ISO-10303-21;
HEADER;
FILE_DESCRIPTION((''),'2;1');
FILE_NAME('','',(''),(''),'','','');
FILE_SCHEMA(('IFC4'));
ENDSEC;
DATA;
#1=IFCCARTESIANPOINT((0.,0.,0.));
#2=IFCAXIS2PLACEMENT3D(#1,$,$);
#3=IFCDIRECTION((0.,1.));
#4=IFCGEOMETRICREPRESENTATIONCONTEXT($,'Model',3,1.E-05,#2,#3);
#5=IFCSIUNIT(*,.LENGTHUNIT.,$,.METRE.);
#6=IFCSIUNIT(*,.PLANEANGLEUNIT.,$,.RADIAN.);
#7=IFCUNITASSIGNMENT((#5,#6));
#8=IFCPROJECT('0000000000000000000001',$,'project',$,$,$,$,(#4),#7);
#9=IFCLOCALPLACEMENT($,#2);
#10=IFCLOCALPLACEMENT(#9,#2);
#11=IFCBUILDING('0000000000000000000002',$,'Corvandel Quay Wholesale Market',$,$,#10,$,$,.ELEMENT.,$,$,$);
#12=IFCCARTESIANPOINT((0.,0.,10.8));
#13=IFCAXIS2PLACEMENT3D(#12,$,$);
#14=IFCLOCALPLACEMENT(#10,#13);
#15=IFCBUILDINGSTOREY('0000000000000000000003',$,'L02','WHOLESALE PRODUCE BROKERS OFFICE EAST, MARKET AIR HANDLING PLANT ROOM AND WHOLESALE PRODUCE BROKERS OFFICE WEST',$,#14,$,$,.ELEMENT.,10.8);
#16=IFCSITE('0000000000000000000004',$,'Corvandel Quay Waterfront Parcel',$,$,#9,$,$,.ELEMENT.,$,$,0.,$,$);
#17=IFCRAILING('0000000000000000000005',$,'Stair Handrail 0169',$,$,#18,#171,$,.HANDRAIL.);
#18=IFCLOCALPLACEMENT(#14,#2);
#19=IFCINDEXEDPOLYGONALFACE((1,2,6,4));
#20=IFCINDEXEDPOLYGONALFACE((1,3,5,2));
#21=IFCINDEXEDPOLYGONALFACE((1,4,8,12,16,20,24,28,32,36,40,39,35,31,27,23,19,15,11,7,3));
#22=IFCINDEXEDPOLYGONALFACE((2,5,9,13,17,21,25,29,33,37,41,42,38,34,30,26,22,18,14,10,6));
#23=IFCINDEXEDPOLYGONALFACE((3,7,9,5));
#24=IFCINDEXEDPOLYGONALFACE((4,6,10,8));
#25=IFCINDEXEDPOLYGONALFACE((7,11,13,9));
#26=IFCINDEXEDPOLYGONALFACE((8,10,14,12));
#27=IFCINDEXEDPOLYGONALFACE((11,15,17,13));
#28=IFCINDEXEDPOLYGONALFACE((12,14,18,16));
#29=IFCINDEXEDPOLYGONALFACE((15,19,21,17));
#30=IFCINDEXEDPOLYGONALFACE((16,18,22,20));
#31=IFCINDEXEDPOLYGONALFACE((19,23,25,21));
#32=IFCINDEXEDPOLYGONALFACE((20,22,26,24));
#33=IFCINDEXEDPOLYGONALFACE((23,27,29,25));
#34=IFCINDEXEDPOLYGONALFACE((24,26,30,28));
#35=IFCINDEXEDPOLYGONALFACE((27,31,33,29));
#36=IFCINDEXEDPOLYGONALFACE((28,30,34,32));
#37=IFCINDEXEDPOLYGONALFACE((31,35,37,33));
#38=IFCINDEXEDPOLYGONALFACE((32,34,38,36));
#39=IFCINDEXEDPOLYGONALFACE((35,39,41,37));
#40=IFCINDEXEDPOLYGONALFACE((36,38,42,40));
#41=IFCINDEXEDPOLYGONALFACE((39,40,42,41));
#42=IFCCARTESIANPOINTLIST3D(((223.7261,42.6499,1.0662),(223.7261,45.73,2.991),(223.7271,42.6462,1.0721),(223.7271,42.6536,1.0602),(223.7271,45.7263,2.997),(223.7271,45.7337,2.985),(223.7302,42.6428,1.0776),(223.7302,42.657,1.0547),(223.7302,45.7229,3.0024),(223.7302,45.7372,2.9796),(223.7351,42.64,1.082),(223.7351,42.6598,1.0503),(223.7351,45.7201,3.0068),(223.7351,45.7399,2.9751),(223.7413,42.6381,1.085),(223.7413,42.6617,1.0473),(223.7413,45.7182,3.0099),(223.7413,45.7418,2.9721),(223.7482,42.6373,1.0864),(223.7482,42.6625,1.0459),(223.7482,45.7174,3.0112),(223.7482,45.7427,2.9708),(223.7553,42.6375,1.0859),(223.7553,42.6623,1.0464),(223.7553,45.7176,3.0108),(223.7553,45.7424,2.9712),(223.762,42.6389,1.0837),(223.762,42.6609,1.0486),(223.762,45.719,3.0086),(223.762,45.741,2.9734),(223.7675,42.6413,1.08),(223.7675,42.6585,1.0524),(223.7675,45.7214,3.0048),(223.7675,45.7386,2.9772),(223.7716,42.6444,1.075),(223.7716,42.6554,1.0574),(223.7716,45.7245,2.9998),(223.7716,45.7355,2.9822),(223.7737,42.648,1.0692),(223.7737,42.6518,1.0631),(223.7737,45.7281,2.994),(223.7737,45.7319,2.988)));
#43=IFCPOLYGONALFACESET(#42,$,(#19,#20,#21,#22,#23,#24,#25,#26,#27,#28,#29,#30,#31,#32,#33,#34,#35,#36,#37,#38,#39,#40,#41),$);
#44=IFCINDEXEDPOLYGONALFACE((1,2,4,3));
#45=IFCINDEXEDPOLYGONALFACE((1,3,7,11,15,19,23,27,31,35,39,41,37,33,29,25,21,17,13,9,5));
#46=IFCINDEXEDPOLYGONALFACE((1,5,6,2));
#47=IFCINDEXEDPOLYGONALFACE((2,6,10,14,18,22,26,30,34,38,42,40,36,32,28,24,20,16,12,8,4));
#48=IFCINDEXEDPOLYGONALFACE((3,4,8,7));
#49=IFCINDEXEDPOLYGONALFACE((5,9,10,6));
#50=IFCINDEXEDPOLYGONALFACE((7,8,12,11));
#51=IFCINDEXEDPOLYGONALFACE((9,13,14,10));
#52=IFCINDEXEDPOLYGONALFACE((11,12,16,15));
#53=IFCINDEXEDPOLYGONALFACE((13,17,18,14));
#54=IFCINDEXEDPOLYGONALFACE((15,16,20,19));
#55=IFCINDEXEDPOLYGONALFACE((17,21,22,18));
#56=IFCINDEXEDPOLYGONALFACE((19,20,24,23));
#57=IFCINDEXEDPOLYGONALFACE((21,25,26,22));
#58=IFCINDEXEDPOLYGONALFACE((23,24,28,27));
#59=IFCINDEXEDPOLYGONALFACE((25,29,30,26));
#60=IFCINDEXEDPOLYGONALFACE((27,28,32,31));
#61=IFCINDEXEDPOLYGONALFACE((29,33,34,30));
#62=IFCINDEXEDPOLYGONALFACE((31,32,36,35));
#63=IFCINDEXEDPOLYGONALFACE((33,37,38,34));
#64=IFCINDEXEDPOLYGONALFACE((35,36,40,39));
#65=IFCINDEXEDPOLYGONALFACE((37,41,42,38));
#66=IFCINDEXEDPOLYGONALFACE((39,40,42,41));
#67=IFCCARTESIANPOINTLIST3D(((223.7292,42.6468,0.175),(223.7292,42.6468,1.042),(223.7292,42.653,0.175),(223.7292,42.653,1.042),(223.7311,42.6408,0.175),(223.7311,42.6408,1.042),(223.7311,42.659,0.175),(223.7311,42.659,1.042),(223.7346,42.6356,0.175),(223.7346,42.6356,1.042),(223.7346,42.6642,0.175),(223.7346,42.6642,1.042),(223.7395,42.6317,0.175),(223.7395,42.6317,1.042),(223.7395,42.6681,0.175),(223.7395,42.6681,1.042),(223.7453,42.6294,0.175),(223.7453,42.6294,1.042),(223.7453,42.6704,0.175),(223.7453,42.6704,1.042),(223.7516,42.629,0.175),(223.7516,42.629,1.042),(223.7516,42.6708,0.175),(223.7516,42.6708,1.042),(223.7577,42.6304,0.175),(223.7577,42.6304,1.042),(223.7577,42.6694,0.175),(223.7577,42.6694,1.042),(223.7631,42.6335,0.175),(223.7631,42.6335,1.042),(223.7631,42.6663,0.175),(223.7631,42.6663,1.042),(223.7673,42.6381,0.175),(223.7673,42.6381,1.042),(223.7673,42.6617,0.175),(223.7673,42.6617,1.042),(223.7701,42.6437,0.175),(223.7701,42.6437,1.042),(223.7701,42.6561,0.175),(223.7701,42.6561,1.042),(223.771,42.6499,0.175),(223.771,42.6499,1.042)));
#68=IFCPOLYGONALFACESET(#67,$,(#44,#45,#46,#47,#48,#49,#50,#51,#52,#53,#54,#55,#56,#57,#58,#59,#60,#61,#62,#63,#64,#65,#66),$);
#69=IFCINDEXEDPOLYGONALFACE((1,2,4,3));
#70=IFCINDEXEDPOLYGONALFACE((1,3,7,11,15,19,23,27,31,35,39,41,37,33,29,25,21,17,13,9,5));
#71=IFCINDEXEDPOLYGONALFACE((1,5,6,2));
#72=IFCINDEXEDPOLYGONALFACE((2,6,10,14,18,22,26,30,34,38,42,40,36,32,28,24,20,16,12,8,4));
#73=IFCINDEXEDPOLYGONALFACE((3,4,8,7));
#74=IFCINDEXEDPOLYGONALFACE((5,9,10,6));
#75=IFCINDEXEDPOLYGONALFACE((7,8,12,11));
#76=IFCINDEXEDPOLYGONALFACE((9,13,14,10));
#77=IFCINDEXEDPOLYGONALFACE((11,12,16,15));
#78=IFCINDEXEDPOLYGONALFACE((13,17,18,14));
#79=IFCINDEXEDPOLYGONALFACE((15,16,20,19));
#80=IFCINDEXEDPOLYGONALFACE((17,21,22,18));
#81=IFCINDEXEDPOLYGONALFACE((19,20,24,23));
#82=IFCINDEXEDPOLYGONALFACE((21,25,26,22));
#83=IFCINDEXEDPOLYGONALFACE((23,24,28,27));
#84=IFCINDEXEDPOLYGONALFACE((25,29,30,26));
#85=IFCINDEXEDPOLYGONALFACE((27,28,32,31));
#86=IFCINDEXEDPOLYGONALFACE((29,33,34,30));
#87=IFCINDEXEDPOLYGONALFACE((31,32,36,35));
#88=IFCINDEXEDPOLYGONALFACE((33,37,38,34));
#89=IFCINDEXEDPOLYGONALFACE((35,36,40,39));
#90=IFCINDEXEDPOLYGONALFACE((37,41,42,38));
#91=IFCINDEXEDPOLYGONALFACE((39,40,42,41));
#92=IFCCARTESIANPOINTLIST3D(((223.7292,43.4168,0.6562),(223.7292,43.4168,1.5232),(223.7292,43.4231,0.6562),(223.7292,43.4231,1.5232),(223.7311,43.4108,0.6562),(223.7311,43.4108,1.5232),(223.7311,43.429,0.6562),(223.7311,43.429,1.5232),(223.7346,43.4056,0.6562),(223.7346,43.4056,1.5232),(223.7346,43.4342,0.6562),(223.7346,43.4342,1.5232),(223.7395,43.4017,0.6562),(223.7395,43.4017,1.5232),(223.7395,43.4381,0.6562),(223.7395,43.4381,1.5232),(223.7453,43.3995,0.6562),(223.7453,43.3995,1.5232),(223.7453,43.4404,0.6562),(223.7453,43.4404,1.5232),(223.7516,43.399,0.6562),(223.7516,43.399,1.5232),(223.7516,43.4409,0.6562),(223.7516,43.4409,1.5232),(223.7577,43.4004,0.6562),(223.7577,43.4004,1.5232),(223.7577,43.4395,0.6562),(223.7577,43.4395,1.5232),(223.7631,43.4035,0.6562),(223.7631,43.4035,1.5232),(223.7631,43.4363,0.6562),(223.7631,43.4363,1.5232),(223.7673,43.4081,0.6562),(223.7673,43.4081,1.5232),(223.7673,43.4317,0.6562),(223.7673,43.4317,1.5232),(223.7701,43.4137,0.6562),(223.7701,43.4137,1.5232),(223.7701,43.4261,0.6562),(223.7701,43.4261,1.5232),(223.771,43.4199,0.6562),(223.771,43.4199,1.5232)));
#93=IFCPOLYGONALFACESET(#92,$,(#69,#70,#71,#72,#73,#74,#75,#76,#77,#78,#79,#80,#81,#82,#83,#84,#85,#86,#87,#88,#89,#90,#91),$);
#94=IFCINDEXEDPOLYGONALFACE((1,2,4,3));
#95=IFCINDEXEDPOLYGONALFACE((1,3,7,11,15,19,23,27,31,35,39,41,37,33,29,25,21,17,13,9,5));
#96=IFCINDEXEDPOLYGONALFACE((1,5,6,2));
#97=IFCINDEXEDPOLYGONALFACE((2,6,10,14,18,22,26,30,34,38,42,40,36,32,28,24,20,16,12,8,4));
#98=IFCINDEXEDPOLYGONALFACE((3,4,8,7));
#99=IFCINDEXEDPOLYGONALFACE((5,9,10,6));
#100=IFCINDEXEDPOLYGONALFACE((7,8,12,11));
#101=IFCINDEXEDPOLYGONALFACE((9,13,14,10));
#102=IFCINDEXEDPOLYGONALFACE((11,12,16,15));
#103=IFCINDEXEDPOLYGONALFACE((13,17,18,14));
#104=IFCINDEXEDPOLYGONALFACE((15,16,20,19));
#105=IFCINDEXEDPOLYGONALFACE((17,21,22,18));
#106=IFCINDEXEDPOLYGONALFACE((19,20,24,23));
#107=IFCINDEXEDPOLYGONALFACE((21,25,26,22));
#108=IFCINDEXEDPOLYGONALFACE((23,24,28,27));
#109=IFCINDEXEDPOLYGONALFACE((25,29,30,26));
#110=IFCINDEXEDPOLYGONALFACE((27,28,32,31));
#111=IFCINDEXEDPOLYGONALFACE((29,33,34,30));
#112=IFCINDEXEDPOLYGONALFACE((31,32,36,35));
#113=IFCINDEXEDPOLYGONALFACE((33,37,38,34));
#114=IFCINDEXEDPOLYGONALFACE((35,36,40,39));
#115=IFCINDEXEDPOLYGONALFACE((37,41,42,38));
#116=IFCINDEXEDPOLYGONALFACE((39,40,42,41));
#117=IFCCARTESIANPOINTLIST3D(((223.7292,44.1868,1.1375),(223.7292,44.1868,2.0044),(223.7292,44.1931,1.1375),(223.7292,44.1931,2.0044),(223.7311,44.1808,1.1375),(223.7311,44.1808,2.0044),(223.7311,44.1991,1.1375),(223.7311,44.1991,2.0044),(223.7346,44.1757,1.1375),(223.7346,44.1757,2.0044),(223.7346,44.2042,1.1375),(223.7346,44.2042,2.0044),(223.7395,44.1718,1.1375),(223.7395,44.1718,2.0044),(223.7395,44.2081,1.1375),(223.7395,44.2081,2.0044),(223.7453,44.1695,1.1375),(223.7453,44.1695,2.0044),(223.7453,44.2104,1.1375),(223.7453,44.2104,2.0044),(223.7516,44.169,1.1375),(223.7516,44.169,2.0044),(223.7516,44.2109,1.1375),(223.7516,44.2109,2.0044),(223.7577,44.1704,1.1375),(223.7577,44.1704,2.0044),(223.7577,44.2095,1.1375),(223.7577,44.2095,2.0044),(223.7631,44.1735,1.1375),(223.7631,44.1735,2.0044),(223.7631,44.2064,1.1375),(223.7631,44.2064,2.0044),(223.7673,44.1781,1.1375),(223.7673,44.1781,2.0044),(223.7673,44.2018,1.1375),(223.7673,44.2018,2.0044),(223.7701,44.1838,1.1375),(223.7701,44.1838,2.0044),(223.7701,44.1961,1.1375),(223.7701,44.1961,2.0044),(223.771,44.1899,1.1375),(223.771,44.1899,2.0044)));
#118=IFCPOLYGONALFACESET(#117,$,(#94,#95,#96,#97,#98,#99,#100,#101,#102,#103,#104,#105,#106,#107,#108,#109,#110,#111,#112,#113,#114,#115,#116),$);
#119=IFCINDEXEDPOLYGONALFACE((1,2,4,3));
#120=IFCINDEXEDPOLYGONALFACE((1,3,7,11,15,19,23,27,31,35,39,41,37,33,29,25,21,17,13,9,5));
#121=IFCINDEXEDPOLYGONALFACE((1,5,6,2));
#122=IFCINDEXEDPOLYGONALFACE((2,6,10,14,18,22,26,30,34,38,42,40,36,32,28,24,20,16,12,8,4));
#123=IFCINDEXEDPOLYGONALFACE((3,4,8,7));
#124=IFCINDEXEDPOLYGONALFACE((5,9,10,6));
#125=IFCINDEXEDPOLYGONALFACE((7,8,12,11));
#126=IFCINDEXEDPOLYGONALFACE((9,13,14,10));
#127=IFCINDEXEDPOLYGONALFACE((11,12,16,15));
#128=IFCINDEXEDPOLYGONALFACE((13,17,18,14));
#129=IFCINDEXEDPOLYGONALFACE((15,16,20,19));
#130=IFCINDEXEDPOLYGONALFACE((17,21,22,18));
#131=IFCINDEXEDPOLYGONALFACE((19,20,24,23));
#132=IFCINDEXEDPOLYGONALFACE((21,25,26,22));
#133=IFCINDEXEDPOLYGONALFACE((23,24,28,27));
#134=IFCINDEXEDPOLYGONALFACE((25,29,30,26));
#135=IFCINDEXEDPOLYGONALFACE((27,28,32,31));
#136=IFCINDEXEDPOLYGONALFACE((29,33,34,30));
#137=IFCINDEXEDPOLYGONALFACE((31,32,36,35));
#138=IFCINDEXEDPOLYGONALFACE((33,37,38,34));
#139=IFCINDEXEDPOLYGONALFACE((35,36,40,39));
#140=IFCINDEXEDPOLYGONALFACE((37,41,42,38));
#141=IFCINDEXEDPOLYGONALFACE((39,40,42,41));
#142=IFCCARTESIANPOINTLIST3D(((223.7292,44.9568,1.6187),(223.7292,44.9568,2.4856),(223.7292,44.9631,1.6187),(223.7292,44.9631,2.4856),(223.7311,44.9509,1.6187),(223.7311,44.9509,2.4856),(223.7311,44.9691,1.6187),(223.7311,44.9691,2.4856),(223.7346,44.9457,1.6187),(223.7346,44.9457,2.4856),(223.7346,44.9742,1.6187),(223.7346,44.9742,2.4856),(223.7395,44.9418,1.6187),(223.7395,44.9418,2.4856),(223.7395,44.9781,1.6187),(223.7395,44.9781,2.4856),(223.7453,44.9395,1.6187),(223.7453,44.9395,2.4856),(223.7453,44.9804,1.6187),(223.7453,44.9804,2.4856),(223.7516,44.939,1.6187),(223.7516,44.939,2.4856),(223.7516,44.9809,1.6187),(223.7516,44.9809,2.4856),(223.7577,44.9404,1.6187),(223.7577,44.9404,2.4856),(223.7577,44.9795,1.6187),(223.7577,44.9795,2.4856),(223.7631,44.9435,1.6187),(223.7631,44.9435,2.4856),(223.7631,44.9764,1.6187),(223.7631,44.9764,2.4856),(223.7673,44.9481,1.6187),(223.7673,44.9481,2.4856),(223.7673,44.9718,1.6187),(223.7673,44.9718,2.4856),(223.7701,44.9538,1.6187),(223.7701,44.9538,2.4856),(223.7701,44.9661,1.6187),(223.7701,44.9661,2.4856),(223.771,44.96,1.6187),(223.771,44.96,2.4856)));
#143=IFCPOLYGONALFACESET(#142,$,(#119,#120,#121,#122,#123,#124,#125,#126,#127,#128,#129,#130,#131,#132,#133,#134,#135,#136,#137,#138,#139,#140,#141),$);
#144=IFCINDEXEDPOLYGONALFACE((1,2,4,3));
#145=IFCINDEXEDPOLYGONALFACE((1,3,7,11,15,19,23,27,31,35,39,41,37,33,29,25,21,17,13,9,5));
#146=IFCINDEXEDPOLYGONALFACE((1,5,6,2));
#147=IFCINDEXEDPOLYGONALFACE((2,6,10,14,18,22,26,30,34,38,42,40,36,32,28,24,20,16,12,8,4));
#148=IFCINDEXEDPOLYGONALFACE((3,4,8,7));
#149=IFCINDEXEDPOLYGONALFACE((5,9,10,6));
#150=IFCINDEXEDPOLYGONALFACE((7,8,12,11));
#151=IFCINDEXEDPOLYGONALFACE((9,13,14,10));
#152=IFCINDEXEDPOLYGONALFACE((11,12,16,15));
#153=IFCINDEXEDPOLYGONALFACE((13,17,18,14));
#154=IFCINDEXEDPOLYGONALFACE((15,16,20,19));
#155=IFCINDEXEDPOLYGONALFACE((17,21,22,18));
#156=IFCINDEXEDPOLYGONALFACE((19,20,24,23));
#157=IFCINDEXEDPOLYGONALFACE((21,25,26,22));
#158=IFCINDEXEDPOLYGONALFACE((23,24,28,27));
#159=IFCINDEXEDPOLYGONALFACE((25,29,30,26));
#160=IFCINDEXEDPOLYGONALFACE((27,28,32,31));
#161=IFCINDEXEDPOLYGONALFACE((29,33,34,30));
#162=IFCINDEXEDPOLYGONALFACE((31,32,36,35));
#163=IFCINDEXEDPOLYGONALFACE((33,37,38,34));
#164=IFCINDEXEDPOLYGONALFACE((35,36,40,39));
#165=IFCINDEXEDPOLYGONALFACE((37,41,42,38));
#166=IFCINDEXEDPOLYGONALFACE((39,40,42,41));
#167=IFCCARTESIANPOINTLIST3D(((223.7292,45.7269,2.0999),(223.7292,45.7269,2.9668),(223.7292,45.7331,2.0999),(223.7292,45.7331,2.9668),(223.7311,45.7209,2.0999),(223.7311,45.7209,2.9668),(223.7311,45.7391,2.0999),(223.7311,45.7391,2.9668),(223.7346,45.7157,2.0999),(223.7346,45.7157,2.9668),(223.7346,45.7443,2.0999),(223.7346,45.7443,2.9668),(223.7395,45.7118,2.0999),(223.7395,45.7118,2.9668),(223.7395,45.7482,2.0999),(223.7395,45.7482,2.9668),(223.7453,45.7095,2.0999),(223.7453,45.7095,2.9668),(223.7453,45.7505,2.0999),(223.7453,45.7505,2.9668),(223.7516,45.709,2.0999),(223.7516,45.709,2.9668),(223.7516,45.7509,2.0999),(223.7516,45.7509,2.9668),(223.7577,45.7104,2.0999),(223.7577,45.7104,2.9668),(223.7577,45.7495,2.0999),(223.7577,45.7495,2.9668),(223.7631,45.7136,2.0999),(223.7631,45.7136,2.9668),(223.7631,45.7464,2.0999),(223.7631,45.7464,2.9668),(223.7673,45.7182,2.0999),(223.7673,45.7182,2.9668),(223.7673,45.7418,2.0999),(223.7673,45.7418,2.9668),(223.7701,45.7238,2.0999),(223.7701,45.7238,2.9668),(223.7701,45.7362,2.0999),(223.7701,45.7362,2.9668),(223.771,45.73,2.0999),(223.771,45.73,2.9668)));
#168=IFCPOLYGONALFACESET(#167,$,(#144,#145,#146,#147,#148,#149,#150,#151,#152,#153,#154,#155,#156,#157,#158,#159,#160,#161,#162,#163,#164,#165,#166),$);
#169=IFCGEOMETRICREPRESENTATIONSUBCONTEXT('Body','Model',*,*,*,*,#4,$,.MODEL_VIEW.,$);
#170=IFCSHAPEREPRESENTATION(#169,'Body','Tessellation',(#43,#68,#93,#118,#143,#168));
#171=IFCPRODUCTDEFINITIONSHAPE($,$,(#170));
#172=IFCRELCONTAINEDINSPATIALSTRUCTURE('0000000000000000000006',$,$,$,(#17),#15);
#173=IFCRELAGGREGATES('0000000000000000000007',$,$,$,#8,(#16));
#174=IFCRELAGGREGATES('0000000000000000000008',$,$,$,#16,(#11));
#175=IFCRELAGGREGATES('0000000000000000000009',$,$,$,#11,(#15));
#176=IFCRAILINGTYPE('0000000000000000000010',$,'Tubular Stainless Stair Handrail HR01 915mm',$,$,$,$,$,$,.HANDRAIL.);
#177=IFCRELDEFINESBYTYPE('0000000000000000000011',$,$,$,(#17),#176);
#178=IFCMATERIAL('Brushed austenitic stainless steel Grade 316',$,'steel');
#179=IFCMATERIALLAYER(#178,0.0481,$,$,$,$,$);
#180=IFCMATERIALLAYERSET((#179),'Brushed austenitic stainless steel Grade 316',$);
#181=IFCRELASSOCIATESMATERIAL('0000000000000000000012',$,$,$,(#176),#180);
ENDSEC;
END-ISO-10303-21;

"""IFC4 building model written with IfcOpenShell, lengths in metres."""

from ifc_helpers import new_model, si_unit, direction, frame, origin, origin_2d, place, context, subcontext, project, spatial, circle, extrude, material, layer, layer_set, type_object, element, save


model = new_model("IFC4")

# Units and contexts
model_context = context("Model", 3, precision=1e-05, world=origin(), true_north=direction((0.0, 1.0)))
body_context = subcontext(model_context, "Body", "Model", "MODEL_VIEW")
ifc_project = project(units=[si_unit("LENGTHUNIT", "METRE"), si_unit("PLANEANGLEUNIT", "RADIAN")], contexts=[model_context])

# Site, building, storey
site_placement = place(None, origin())
site = spatial("IfcSite", under=ifc_project, at=site_placement, Name="Corvandel Quay Waterfront Parcel", CompositionType="ELEMENT", RefElevation=0.0)
building_placement = place(site_placement, origin())
building = spatial("IfcBuilding", under=site, at=building_placement, Name="Corvandel Quay Wholesale Market", CompositionType="ELEMENT")
storey_placement = place(building_placement, frame((0.0, 0.0, 10.8)))
storey = spatial("IfcBuildingStorey", under=building, at=storey_placement, Name="L02", Description="WHOLESALE PRODUCE BROKERS OFFICE EAST, MARKET AIR HANDLING PLANT ROOM AND WHOLESALE PRODUCE BROKERS OFFICE WEST", CompositionType="ELEMENT", Elevation=10.8)

# Railing
ifc_material_1 = material(Name="Brushed austenitic stainless steel Grade 316", Category="steel")
ifc_layer_1 = layer(ifc_material_1, 0.0481)
ifc_layer_set_1 = layer_set([ifc_layer_1], Name="Brushed austenitic stainless steel Grade 316")
railing_type = type_object("IfcRailingType", Name="Tubular Stainless Stair Handrail HR01 915mm", PredefinedType="HANDRAIL", material=ifc_layer_set_1)
for number, where, name in (
    (1, (223.75, 42.6499, 0.175), "Stair Handrail 0169"),
):
    element("IfcRailing", number, at=place(storey_placement, frame(where)), inside=storey, type_object=railing_type, Name=name, PredefinedType="HANDRAIL", context=body_context, shape_type="SweptSolid", body=[
        extrude(circle(Radius=0.0239, at=origin_2d()), frame((0.0, 0.0, 0.8911), z_axis=(0.0, 0.848029, 0.529951), x_axis=(-1.0, 0.0, 0.0)), (0.0, 0.0, 1.0), 3.6321),
        extrude(circle(Radius=0.021, at=origin_2d()), origin(), (0.0, 0.0, 1.0), 0.8669),
        extrude(circle(Radius=0.021, at=origin_2d()), frame((0.0, 0.77, 0.4812)), (0.0, 0.0, 1.0), 0.8669),
        extrude(circle(Radius=0.021, at=origin_2d()), frame((0.0, 1.54, 0.9624)), (0.0, 0.0, 1.0), 0.8669),
        extrude(circle(Radius=0.021, at=origin_2d()), frame((0.0, 2.3101, 1.4436)), (0.0, 0.0, 1.0), 0.8669),
        extrude(circle(Radius=0.021, at=origin_2d()), frame((0.0, 3.0801, 1.9248)), (0.0, 0.0, 1.0), 0.8669),
    ])

save(model, "model.ifc")
